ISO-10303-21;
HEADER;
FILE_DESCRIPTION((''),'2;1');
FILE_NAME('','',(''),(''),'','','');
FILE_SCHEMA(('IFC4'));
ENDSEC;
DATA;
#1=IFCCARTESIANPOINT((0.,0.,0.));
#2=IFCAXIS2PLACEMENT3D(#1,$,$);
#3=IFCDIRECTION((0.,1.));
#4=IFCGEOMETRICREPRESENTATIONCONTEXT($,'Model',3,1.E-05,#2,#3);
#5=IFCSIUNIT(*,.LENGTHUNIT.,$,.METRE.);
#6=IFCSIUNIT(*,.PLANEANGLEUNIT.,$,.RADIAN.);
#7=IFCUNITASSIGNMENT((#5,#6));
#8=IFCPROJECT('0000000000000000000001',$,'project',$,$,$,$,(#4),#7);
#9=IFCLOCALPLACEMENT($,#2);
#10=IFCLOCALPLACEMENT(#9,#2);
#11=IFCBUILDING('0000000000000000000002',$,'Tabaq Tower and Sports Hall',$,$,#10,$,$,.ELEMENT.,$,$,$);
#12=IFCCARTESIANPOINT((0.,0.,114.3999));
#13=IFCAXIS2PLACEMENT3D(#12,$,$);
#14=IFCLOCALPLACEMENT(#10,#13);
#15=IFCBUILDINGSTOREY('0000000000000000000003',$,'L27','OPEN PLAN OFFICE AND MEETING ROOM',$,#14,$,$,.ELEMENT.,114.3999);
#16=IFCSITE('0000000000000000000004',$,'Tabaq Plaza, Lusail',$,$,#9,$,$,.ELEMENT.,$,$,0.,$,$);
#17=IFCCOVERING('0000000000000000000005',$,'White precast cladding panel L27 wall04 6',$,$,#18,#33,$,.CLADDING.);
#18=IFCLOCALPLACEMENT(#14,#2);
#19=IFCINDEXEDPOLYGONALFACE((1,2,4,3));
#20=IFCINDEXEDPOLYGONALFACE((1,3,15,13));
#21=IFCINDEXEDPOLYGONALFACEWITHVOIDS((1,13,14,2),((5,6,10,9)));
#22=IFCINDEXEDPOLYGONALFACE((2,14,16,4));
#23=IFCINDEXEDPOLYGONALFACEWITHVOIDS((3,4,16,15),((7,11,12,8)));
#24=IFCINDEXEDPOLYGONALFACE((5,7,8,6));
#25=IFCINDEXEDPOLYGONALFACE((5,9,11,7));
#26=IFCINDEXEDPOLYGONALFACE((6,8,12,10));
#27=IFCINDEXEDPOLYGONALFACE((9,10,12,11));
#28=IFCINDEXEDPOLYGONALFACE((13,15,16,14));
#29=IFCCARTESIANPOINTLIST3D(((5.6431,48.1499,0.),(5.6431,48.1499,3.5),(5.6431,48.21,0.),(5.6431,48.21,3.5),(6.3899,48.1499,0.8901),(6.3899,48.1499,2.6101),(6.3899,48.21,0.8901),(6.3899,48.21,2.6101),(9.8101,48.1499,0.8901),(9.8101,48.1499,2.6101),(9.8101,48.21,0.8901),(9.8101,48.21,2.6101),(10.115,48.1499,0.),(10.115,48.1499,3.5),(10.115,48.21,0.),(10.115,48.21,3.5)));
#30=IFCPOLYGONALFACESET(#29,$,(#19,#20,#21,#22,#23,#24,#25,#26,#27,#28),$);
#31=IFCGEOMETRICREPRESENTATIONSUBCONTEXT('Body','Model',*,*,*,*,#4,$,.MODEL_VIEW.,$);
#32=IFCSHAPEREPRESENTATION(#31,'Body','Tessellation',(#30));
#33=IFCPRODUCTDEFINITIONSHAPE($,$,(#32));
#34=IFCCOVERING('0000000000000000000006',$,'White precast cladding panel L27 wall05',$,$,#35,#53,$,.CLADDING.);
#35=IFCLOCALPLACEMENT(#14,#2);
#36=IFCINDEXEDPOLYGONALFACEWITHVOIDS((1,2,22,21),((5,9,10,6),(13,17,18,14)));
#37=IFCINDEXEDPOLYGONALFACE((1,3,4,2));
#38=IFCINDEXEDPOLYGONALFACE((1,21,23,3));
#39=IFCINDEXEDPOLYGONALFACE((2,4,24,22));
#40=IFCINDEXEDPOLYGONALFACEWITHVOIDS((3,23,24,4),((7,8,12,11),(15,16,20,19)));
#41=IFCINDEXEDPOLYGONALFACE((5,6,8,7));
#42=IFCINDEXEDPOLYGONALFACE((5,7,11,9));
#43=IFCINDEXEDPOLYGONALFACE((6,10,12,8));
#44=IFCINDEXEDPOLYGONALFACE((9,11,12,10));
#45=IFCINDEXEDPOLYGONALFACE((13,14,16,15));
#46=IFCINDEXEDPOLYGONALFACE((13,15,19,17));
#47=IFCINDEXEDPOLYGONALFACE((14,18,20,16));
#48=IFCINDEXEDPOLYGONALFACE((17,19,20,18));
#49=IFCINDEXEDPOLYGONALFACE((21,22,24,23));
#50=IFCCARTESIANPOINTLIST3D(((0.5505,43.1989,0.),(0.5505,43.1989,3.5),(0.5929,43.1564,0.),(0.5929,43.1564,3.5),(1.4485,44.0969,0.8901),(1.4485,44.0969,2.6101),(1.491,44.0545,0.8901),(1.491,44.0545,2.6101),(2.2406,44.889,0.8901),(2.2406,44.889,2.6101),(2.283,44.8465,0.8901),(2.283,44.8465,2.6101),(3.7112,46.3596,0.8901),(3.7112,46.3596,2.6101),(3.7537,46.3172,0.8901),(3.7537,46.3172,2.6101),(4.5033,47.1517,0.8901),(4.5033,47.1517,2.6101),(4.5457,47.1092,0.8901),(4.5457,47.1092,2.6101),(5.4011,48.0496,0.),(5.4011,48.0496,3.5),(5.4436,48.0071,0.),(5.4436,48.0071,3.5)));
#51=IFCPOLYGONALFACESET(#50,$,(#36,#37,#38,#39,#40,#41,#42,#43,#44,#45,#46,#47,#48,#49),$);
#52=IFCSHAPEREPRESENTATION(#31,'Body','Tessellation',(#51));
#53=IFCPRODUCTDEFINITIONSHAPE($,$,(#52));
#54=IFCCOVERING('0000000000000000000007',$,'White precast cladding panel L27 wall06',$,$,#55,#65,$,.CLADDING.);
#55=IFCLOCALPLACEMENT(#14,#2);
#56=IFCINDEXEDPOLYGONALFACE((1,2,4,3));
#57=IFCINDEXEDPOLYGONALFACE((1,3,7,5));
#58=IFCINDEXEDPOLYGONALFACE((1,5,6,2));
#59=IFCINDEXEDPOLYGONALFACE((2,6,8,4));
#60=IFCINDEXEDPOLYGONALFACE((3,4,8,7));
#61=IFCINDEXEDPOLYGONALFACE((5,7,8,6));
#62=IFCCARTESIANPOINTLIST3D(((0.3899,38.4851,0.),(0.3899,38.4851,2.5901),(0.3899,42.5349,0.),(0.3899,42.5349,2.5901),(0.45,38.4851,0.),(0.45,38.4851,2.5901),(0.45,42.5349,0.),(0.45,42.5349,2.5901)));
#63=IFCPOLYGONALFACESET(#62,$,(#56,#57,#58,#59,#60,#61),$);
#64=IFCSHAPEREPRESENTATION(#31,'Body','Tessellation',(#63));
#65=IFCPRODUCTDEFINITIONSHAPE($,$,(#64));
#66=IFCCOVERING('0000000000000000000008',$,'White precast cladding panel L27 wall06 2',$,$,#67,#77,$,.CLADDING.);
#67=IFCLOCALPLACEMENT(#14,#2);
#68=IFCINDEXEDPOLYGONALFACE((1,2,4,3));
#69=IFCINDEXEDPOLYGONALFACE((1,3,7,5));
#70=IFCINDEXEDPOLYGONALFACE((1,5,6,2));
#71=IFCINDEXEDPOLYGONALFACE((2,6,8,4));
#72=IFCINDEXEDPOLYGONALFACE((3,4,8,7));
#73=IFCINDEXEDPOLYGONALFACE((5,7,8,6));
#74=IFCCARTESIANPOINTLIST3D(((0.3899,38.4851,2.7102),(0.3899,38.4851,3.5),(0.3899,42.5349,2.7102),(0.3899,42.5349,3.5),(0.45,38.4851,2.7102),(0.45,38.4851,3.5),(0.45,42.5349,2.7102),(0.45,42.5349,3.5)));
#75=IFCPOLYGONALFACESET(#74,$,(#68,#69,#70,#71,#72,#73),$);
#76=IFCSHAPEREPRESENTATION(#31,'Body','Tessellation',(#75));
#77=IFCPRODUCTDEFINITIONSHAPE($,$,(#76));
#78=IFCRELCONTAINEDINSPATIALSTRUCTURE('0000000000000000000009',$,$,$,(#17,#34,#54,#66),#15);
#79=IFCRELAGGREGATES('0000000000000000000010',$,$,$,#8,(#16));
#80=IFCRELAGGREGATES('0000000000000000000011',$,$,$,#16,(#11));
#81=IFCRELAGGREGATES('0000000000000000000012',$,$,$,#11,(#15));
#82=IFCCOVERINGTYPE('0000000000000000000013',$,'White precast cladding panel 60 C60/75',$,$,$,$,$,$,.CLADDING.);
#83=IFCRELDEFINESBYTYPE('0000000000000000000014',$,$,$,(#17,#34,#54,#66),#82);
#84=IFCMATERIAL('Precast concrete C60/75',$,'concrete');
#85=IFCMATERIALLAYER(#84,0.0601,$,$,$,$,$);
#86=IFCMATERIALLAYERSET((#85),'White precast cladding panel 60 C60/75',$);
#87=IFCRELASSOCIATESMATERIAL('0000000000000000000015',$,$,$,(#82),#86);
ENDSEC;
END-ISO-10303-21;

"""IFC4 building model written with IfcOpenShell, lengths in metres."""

from ifc_helpers import new_model, si_unit, direction, frame, frame_2d, origin, place, context, subcontext, project, spatial, polyline, rectangle, outline, extrude, material, layer, layer_set, type_object, element, save


model = new_model("IFC4")

# Units and contexts
model_context = context("Model", 3, precision=1e-05, world=origin(), true_north=direction((0.0, 1.0)))
body_context = subcontext(model_context, "Body", "Model", "MODEL_VIEW")
ifc_project = project(units=[si_unit("LENGTHUNIT", "METRE"), si_unit("PLANEANGLEUNIT", "RADIAN")], contexts=[model_context])

# Site, building, storey
site_placement = place(None, origin())
site = spatial("IfcSite", under=ifc_project, at=site_placement, Name="Tabaq Plaza, Lusail", CompositionType="ELEMENT", RefElevation=0.0)
building_placement = place(site_placement, origin())
building = spatial("IfcBuilding", under=site, at=building_placement, Name="Tabaq Tower and Sports Hall", CompositionType="ELEMENT")
storey_placement = place(building_placement, frame((0.0, 0.0, 114.3999)))
storey = spatial("IfcBuildingStorey", under=building, at=storey_placement, Name="L27", Description="OPEN PLAN OFFICE AND MEETING ROOM", CompositionType="ELEMENT", Elevation=114.3999)

# Coverings
ifc_material_1 = material(Name="Precast concrete C60/75", Category="concrete")
ifc_layer_1 = layer(ifc_material_1, 0.0601)
ifc_layer_set_1 = layer_set([ifc_layer_1], Name="White precast cladding panel 60 C60/75")
covering_type_1 = type_object("IfcCoveringType", Name="White precast cladding panel 60 C60/75", PredefinedType="CLADDING", material=ifc_layer_set_1)
covering_1_placement = place(storey_placement, frame((10.115, 48.1799, 0.0), z_axis=(0.0, 0.0, 1.0), x_axis=(-1.0, 0.0, 0.0)))
element("IfcCovering", 1, at=covering_1_placement, inside=storey, type_object=covering_type_1, Name="White precast cladding panel L27 wall04 6", PredefinedType="CLADDING", context=body_context, shape_type="SweptSolid", body=[
    extrude(outline(polyline([(0.0, 0.0), (4.4719, 0.0), (4.4719, 3.5), (0.0, 3.5), (0.0, 0.0)]), holes=[polyline([(0.3049, 0.8901), (0.3049, 2.6101), (3.7251, 2.6101), (3.7251, 0.8901), (0.3049, 0.8901)])]), frame((0.0, 0.03, 0.0), z_axis=(0.0, -1.0, 0.0), x_axis=(1.0, 0.0, 0.0)), (0.0, 0.0, 1.0), 0.0601),
])
covering_2_placement = place(storey_placement, frame((5.4224, 48.0283, 0.0), z_axis=(0.0, 0.0, 1.0), x_axis=(-0.707107, -0.707107, 0.0)))
element("IfcCovering", 2, at=covering_2_placement, inside=storey, type_object=covering_type_1, Name="White precast cladding panel L27 wall05", PredefinedType="CLADDING", context=body_context, shape_type="SweptSolid", body=[
    extrude(outline(polyline([(0.0, 0.0), (6.8599, 0.0), (6.8599, 3.5), (0.0, 3.5), (0.0, 0.0)]), holes=[polyline([(1.2698, 2.6101), (2.3899, 2.6101), (2.3899, 0.8901), (1.2698, 0.8901), (1.2698, 2.6101)]), polyline([(4.4697, 2.6101), (5.5898, 2.6101), (5.5898, 0.8901), (4.4697, 0.8901), (4.4697, 2.6101)])]), frame((0.0, 0.03, 0.0), z_axis=(0.0, -1.0, 0.0), x_axis=(1.0, 0.0, 0.0)), (0.0, 0.0, 1.0), 0.0601),
])
covering_3_placement = place(storey_placement, frame((0.4199, 42.5349, 0.0), z_axis=(0.0, 0.0, 1.0), x_axis=(0.0, -1.0, 0.0)))
element("IfcCovering", 3, at=covering_3_placement, inside=storey, type_object=covering_type_1, Name="White precast cladding panel L27 wall06", PredefinedType="CLADDING", context=body_context, shape_type="SweptSolid", body=[
    extrude(rectangle(XDim=4.0498, YDim=0.0601, at=frame_2d((2.0249, 0.0))), origin(), (0.0, 0.0, 1.0), 2.5901),
])
covering_4_placement = place(storey_placement, frame((0.4199, 42.5349, 2.7102), z_axis=(0.0, 0.0, 1.0), x_axis=(0.0, -1.0, 0.0)))
element("IfcCovering", 4, at=covering_4_placement, inside=storey, type_object=covering_type_1, Name="White precast cladding panel L27 wall06 2", PredefinedType="CLADDING", context=body_context, shape_type="SweptSolid", body=[
    extrude(rectangle(XDim=4.0498, YDim=0.0601, at=frame_2d((2.0249, 0.0))), origin(), (0.0, 0.0, 1.0), 0.7898),
])

save(model, "model.ifc")
